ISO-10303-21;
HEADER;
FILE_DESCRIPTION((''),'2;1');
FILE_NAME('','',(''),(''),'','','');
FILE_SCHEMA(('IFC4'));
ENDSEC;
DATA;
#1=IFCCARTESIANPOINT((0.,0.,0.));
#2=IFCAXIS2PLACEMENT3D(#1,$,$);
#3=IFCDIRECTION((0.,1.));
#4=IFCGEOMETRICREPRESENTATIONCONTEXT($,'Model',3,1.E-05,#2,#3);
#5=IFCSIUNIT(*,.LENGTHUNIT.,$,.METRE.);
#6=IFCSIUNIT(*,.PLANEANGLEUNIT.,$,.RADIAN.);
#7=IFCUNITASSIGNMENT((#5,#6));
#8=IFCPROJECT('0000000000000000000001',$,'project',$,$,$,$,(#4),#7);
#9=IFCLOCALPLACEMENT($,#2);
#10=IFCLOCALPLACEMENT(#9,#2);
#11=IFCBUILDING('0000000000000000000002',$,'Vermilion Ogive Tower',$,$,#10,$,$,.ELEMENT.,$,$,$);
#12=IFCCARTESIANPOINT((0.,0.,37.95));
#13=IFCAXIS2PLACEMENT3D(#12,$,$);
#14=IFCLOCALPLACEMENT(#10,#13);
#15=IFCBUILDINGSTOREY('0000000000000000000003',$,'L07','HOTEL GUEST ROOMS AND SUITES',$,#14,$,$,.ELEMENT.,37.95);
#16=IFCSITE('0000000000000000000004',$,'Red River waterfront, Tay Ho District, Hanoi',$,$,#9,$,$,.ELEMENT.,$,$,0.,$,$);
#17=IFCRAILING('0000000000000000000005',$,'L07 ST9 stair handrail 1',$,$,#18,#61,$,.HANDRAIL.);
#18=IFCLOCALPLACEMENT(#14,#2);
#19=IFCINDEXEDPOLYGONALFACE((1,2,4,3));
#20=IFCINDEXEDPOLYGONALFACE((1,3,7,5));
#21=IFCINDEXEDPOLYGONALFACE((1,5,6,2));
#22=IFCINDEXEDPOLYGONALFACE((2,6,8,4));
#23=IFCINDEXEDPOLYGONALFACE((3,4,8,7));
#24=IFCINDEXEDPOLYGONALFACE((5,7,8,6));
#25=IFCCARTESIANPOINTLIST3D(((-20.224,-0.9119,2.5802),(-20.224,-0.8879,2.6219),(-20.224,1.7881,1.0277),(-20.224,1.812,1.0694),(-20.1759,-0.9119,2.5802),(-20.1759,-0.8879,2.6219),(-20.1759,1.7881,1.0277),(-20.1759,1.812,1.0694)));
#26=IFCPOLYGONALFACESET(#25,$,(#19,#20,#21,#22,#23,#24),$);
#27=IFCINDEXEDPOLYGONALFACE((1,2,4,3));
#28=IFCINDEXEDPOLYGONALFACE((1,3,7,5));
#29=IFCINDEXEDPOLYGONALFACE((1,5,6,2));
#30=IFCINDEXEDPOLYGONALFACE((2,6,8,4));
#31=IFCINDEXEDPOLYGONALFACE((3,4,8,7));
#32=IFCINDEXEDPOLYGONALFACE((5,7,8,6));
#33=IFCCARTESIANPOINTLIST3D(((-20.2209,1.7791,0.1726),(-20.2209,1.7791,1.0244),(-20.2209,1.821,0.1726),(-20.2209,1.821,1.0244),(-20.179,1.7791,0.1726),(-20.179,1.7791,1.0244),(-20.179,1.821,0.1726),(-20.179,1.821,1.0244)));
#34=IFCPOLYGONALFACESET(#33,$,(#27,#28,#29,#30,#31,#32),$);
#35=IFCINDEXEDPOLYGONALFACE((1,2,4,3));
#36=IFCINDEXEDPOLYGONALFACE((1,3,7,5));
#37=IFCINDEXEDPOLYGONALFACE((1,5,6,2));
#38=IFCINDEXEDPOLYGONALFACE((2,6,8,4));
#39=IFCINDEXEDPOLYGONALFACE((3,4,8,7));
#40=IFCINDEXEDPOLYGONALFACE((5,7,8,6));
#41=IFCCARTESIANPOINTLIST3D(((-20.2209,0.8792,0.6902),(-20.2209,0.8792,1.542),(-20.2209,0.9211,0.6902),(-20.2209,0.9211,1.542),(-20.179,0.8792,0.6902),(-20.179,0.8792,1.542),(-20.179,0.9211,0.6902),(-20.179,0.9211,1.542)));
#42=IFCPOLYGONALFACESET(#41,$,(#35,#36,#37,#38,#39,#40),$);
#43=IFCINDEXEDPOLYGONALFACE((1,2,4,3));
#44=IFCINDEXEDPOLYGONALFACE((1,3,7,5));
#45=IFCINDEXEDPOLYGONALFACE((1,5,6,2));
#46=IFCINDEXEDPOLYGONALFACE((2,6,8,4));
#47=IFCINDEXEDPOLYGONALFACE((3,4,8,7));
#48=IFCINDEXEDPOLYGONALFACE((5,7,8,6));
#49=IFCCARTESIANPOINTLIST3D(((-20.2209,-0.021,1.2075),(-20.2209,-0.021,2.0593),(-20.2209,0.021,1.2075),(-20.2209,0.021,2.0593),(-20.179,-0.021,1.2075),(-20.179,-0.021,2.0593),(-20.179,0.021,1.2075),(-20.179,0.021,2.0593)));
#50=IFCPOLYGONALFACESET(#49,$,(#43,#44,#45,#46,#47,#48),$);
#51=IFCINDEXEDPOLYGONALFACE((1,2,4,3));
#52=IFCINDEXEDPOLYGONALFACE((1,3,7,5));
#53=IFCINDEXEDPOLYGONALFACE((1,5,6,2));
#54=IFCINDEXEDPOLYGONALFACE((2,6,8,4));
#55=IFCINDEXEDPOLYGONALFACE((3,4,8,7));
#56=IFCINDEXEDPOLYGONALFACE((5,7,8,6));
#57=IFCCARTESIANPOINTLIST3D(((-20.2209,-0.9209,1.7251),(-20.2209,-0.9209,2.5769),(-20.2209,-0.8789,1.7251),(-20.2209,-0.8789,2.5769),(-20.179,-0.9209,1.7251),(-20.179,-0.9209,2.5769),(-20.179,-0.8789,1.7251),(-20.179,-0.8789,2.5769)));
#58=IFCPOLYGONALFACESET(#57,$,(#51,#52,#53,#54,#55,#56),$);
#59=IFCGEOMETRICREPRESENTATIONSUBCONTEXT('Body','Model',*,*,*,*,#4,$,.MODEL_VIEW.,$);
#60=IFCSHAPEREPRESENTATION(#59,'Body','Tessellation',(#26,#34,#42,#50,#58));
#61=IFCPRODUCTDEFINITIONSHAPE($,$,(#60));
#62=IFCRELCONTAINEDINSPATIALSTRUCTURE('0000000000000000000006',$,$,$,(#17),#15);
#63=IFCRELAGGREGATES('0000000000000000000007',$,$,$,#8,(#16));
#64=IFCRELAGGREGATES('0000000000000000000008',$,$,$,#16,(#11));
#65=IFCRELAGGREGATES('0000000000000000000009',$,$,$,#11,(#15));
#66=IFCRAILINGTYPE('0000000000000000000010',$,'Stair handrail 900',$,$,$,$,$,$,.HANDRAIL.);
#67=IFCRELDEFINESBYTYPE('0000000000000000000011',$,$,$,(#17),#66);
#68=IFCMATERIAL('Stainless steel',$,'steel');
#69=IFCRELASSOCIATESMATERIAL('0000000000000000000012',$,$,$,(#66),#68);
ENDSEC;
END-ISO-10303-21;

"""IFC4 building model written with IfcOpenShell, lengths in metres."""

from ifc_helpers import new_model, si_unit, direction, frame, origin, origin_2d, place, context, subcontext, project, spatial, rectangle, extrude, material, type_object, element, save


model = new_model("IFC4")

# Units and contexts
model_context = context("Model", 3, precision=1e-05, world=origin(), true_north=direction((0.0, 1.0)))
body_context = subcontext(model_context, "Body", "Model", "MODEL_VIEW")
ifc_project = project(units=[si_unit("LENGTHUNIT", "METRE"), si_unit("PLANEANGLEUNIT", "RADIAN")], contexts=[model_context])

# Site, building, storey
site_placement = place(None, origin())
site = spatial("IfcSite", under=ifc_project, at=site_placement, Name="Red River waterfront, Tay Ho District, Hanoi", CompositionType="ELEMENT", RefElevation=0.0)
building_placement = place(site_placement, origin())
building = spatial("IfcBuilding", under=site, at=building_placement, Name="Vermilion Ogive Tower", CompositionType="ELEMENT")
storey_placement = place(building_placement, frame((0.0, 0.0, 37.95)))
storey = spatial("IfcBuildingStorey", under=building, at=storey_placement, Name="L07", Description="HOTEL GUEST ROOMS AND SUITES", CompositionType="ELEMENT", Elevation=37.95)

# Railing
ifc_material_1 = material(Name="Stainless steel", Category="steel")
railing_type_1 = type_object("IfcRailingType", Name="Stair handrail 900", PredefinedType="HANDRAIL", material=ifc_material_1)
railing_1_placement = place(storey_placement, frame((-20.2, 1.8, 0.1726)))
element("IfcRailing", 1, at=railing_1_placement, inside=storey, type_object=railing_type_1, Name="L07 ST9 stair handrail 1", PredefinedType="HANDRAIL", context=body_context, shape_type="SweptSolid", body=[
    extrude(rectangle(XDim=0.0481, YDim=0.0481, at=origin_2d()), frame((0.0, 0.0, 0.876), z_axis=(0.0, -0.866904, 0.498476), x_axis=(1.0, 0.0, 0.0)), (0.0, 0.0, 1.0), 3.1145),
    extrude(rectangle(XDim=0.042, YDim=0.042, at=origin_2d()), origin(), (0.0, 0.0, 1.0), 0.8518),
    extrude(rectangle(XDim=0.042, YDim=0.042, at=origin_2d()), frame((0.0, -0.8999, 0.5176)), (0.0, 0.0, 1.0), 0.8518),
    extrude(rectangle(XDim=0.042, YDim=0.042, at=origin_2d()), frame((0.0, -1.8, 1.0349)), (0.0, 0.0, 1.0), 0.8518),
    extrude(rectangle(XDim=0.042, YDim=0.042, at=origin_2d()), frame((0.0, -2.7, 1.5525)), (0.0, 0.0, 1.0), 0.8518),
])

save(model, "model.ifc")
